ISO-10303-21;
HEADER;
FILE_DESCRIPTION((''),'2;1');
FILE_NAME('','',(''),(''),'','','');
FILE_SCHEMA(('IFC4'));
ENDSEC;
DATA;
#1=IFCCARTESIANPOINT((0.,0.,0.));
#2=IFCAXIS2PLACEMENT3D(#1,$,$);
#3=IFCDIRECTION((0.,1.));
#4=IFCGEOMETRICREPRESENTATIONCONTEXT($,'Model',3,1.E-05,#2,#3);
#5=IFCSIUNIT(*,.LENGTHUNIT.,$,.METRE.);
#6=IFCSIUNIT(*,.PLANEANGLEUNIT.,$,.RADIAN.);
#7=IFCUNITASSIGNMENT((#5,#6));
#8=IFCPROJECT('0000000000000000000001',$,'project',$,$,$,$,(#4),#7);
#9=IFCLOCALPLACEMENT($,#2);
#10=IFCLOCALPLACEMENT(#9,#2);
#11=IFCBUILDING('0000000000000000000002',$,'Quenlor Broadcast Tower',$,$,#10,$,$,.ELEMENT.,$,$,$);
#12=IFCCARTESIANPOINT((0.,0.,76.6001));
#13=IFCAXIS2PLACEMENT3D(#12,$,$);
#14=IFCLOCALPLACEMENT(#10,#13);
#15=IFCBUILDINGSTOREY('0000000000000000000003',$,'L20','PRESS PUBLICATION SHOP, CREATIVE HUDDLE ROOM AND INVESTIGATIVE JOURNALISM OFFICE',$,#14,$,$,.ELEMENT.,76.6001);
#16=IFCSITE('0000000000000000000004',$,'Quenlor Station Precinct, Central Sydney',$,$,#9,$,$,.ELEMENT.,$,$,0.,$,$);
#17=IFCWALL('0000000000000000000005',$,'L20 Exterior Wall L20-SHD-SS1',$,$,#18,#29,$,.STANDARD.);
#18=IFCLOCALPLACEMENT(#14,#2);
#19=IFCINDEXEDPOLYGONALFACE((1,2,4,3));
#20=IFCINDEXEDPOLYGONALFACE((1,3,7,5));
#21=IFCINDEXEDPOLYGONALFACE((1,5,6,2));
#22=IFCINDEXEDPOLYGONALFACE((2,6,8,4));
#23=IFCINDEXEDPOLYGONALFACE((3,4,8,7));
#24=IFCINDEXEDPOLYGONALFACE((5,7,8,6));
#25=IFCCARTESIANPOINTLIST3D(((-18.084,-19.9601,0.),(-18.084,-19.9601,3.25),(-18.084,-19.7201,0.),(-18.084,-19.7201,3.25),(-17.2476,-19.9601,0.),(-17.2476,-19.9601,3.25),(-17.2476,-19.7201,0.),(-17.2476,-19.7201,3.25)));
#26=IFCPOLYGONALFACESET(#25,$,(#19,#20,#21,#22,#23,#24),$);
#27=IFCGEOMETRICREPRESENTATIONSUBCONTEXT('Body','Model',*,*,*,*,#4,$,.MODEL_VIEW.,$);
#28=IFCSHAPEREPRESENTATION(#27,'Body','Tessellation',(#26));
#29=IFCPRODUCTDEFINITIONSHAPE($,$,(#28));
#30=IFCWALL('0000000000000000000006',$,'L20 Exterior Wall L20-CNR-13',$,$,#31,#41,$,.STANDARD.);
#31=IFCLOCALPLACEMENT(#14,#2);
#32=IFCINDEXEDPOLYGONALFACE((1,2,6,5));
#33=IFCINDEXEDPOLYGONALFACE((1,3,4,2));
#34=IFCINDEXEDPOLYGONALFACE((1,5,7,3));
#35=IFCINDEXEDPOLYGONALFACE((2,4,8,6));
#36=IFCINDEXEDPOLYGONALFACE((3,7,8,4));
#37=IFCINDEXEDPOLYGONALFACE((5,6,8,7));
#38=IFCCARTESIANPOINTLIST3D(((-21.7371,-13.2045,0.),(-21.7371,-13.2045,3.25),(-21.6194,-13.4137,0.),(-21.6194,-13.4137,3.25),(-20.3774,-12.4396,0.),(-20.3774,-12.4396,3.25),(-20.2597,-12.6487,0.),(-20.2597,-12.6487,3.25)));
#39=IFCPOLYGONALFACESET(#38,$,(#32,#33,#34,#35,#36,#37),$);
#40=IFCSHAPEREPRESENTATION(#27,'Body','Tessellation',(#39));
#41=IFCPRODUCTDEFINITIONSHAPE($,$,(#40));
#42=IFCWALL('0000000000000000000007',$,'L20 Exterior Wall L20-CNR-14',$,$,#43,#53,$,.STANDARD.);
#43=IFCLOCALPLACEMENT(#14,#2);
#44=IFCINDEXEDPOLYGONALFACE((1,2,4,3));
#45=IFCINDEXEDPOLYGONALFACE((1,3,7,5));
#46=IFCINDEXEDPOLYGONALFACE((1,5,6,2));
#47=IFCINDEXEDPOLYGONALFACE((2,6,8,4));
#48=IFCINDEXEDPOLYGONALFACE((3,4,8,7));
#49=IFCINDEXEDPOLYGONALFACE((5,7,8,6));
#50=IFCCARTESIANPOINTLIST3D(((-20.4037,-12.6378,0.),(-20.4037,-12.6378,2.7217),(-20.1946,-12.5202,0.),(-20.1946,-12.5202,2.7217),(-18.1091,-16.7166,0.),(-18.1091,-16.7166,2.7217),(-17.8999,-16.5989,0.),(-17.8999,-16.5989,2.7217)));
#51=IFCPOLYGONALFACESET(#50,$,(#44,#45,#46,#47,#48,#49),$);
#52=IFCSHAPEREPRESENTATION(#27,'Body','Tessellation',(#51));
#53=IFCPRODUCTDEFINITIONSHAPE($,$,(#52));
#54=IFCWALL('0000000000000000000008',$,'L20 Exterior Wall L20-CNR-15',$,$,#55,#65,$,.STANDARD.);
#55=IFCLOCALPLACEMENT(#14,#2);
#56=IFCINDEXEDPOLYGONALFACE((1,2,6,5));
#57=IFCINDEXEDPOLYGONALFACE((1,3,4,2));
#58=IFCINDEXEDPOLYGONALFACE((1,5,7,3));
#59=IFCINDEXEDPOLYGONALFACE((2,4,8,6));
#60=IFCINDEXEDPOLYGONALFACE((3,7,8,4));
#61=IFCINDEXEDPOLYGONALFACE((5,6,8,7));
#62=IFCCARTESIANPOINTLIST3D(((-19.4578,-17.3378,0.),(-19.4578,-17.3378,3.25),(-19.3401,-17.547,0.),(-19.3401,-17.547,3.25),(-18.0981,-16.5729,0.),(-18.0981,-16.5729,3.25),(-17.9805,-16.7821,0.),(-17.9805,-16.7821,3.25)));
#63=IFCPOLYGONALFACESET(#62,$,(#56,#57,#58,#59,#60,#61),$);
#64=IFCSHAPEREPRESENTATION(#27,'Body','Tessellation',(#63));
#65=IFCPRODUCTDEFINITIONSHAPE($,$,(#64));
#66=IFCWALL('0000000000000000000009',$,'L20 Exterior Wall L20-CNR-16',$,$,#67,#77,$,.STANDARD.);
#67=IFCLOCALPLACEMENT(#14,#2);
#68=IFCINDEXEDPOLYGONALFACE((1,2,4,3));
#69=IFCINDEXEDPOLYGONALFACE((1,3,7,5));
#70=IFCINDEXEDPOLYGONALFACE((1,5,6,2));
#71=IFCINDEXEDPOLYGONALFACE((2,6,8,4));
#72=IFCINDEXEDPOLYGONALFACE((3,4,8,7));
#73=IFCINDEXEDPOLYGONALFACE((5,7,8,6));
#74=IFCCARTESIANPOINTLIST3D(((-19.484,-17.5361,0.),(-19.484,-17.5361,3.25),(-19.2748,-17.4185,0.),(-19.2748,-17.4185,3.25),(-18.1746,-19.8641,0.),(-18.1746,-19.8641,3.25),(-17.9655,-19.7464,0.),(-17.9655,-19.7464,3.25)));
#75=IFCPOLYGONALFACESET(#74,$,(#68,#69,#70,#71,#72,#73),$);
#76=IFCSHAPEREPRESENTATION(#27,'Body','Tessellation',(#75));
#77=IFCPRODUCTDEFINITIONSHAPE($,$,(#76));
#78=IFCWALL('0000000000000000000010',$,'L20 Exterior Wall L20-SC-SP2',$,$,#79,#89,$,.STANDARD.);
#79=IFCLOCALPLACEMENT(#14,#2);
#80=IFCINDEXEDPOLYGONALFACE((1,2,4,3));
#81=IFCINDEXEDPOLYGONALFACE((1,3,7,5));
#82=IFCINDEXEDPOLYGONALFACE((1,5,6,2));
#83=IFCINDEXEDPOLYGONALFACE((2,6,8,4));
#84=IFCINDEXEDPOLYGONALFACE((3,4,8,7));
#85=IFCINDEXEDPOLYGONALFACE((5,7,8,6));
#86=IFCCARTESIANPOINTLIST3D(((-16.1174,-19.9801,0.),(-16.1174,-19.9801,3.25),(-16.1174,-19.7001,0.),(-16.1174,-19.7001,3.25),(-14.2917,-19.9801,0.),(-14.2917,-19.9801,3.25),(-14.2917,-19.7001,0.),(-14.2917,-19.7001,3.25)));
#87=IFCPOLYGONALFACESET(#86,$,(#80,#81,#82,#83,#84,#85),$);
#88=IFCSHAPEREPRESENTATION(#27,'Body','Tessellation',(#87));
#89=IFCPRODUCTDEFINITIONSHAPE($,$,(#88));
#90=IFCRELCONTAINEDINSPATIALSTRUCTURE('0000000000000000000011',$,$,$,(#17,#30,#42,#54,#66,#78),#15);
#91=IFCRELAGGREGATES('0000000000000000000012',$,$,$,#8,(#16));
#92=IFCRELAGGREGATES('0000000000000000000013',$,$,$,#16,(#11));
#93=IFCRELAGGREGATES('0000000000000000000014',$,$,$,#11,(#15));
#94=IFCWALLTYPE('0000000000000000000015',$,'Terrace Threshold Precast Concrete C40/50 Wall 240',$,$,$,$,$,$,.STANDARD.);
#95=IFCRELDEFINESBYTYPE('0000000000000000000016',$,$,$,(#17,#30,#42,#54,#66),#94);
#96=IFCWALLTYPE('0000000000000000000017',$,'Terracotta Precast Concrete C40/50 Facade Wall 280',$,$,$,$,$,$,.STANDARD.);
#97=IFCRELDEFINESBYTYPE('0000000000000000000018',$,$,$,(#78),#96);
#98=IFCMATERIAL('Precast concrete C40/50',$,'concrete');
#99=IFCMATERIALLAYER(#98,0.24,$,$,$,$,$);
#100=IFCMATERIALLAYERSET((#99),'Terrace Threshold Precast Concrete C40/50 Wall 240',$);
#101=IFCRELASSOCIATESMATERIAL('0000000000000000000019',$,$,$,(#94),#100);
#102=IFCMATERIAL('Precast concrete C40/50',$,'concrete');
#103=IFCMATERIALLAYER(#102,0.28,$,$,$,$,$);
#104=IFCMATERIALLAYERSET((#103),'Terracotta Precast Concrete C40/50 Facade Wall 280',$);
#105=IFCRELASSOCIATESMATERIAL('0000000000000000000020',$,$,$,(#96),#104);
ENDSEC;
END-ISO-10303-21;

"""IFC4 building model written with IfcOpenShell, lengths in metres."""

from ifc_helpers import new_model, si_unit, direction, frame, frame_2d, origin, place, context, subcontext, project, spatial, rectangle, extrude, material, layer, layer_set, type_object, element, save


model = new_model("IFC4")

# Units and contexts
model_context = context("Model", 3, precision=1e-05, world=origin(), true_north=direction((0.0, 1.0)))
body_context = subcontext(model_context, "Body", "Model", "MODEL_VIEW")
ifc_project = project(units=[si_unit("LENGTHUNIT", "METRE"), si_unit("PLANEANGLEUNIT", "RADIAN")], contexts=[model_context])

# Site, building, storey
site_placement = place(None, origin())
site = spatial("IfcSite", under=ifc_project, at=site_placement, Name="Quenlor Station Precinct, Central Sydney", CompositionType="ELEMENT", RefElevation=0.0)
building_placement = place(site_placement, origin())
building = spatial("IfcBuilding", under=site, at=building_placement, Name="Quenlor Broadcast Tower", CompositionType="ELEMENT")
storey_placement = place(building_placement, frame((0.0, 0.0, 76.6001)))
storey = spatial("IfcBuildingStorey", under=building, at=storey_placement, Name="L20", Description="PRESS PUBLICATION SHOP, CREATIVE HUDDLE ROOM AND INVESTIGATIVE JOURNALISM OFFICE", CompositionType="ELEMENT", Elevation=76.6001)

# Walls
ifc_material_1 = material(Name="Precast concrete C40/50", Category="concrete")
ifc_layer_1 = layer(ifc_material_1, 0.24)
ifc_layer_set_1 = layer_set([ifc_layer_1], Name="Terrace Threshold Precast Concrete C40/50 Wall 240")
wall_type_1 = type_object("IfcWallType", Name="Terrace Threshold Precast Concrete C40/50 Wall 240", PredefinedType="STANDARD", material=ifc_layer_set_1)
wall_1_placement = place(storey_placement, frame((-17.2476, -19.8401, 0.0), z_axis=(0.0, 0.0, 1.0), x_axis=(-1.0, 0.0, 0.0)))
element("IfcWall", 1, at=wall_1_placement, inside=storey, type_object=wall_type_1, Name="L20 Exterior Wall L20-SHD-SS1", PredefinedType="STANDARD", context=body_context, shape_type="SweptSolid", body=[
    extrude(rectangle(XDim=0.8364, YDim=0.24, at=frame_2d((0.4182, 0.0))), origin(), (0.0, 0.0, 1.0), 3.25),
])
wall_2_placement = place(storey_placement, frame((-21.6782, -13.3091, 0.0), z_axis=(0.0, 0.0, 1.0), x_axis=(0.871546, 0.490313, 0.0)))
element("IfcWall", 2, at=wall_2_placement, inside=storey, type_object=wall_type_1, Name="L20 Exterior Wall L20-CNR-13", PredefinedType="STANDARD", context=body_context, shape_type="SweptSolid", body=[
    extrude(rectangle(XDim=1.5601, YDim=0.24, at=frame_2d((0.78, 0.0))), origin(), (0.0, 0.0, 1.0), 3.25),
])
wall_3_placement = place(storey_placement, frame((-20.2991, -12.5791, 0.0), z_axis=(0.0, 0.0, 1.0), x_axis=(0.490313, -0.871546, 0.0)))
element("IfcWall", 3, at=wall_3_placement, inside=storey, type_object=wall_type_1, Name="L20 Exterior Wall L20-CNR-14", PredefinedType="STANDARD", context=body_context, shape_type="SweptSolid", body=[
    extrude(rectangle(XDim=4.6799, YDim=0.24, at=frame_2d((2.3398, 0.0))), origin(), (0.0, 0.0, 1.0), 2.7217),
])
wall_4_placement = place(storey_placement, frame((-18.0393, -16.6775, 0.0), z_axis=(0.0, 0.0, 1.0), x_axis=(-0.871546, -0.490313, 0.0)))
element("IfcWall", 4, at=wall_4_placement, inside=storey, type_object=wall_type_1, Name="L20 Exterior Wall L20-CNR-15", PredefinedType="STANDARD", context=body_context, shape_type="SweptSolid", body=[
    extrude(rectangle(XDim=1.5601, YDim=0.24, at=frame_2d((0.78, 0.0))), origin(), (0.0, 0.0, 1.0), 3.25),
])
wall_5_placement = place(storey_placement, frame((-19.3794, -17.4773, 0.0), z_axis=(0.0, 0.0, 1.0), x_axis=(0.490231, -0.871593, 0.0)))
element("IfcWall", 5, at=wall_5_placement, inside=storey, type_object=wall_type_1, Name="L20 Exterior Wall L20-CNR-16", PredefinedType="STANDARD", context=body_context, shape_type="SweptSolid", body=[
    extrude(rectangle(XDim=2.6709, YDim=0.24, at=frame_2d((1.3354, 0.0))), origin(), (0.0, 0.0, 1.0), 3.25),
])
ifc_material_2 = material(Name="Precast concrete C40/50", Category="concrete")
ifc_layer_2 = layer(ifc_material_2, 0.28)
ifc_layer_set_2 = layer_set([ifc_layer_2], Name="Terracotta Precast Concrete C40/50 Facade Wall 280")
wall_type_2 = type_object("IfcWallType", Name="Terracotta Precast Concrete C40/50 Facade Wall 280", PredefinedType="STANDARD", material=ifc_layer_set_2)
wall_6_placement = place(storey_placement, frame((-14.2917, -19.8401, 0.0), z_axis=(0.0, 0.0, 1.0), x_axis=(-1.0, 0.0, 0.0)))
element("IfcWall", 6, at=wall_6_placement, inside=storey, type_object=wall_type_2, Name="L20 Exterior Wall L20-SC-SP2", PredefinedType="STANDARD", context=body_context, shape_type="SweptSolid", body=[
    extrude(rectangle(XDim=1.8257, YDim=0.28, at=frame_2d((0.9128, 0.0))), origin(), (0.0, 0.0, 1.0), 3.25),
])

save(model, "model.ifc")
